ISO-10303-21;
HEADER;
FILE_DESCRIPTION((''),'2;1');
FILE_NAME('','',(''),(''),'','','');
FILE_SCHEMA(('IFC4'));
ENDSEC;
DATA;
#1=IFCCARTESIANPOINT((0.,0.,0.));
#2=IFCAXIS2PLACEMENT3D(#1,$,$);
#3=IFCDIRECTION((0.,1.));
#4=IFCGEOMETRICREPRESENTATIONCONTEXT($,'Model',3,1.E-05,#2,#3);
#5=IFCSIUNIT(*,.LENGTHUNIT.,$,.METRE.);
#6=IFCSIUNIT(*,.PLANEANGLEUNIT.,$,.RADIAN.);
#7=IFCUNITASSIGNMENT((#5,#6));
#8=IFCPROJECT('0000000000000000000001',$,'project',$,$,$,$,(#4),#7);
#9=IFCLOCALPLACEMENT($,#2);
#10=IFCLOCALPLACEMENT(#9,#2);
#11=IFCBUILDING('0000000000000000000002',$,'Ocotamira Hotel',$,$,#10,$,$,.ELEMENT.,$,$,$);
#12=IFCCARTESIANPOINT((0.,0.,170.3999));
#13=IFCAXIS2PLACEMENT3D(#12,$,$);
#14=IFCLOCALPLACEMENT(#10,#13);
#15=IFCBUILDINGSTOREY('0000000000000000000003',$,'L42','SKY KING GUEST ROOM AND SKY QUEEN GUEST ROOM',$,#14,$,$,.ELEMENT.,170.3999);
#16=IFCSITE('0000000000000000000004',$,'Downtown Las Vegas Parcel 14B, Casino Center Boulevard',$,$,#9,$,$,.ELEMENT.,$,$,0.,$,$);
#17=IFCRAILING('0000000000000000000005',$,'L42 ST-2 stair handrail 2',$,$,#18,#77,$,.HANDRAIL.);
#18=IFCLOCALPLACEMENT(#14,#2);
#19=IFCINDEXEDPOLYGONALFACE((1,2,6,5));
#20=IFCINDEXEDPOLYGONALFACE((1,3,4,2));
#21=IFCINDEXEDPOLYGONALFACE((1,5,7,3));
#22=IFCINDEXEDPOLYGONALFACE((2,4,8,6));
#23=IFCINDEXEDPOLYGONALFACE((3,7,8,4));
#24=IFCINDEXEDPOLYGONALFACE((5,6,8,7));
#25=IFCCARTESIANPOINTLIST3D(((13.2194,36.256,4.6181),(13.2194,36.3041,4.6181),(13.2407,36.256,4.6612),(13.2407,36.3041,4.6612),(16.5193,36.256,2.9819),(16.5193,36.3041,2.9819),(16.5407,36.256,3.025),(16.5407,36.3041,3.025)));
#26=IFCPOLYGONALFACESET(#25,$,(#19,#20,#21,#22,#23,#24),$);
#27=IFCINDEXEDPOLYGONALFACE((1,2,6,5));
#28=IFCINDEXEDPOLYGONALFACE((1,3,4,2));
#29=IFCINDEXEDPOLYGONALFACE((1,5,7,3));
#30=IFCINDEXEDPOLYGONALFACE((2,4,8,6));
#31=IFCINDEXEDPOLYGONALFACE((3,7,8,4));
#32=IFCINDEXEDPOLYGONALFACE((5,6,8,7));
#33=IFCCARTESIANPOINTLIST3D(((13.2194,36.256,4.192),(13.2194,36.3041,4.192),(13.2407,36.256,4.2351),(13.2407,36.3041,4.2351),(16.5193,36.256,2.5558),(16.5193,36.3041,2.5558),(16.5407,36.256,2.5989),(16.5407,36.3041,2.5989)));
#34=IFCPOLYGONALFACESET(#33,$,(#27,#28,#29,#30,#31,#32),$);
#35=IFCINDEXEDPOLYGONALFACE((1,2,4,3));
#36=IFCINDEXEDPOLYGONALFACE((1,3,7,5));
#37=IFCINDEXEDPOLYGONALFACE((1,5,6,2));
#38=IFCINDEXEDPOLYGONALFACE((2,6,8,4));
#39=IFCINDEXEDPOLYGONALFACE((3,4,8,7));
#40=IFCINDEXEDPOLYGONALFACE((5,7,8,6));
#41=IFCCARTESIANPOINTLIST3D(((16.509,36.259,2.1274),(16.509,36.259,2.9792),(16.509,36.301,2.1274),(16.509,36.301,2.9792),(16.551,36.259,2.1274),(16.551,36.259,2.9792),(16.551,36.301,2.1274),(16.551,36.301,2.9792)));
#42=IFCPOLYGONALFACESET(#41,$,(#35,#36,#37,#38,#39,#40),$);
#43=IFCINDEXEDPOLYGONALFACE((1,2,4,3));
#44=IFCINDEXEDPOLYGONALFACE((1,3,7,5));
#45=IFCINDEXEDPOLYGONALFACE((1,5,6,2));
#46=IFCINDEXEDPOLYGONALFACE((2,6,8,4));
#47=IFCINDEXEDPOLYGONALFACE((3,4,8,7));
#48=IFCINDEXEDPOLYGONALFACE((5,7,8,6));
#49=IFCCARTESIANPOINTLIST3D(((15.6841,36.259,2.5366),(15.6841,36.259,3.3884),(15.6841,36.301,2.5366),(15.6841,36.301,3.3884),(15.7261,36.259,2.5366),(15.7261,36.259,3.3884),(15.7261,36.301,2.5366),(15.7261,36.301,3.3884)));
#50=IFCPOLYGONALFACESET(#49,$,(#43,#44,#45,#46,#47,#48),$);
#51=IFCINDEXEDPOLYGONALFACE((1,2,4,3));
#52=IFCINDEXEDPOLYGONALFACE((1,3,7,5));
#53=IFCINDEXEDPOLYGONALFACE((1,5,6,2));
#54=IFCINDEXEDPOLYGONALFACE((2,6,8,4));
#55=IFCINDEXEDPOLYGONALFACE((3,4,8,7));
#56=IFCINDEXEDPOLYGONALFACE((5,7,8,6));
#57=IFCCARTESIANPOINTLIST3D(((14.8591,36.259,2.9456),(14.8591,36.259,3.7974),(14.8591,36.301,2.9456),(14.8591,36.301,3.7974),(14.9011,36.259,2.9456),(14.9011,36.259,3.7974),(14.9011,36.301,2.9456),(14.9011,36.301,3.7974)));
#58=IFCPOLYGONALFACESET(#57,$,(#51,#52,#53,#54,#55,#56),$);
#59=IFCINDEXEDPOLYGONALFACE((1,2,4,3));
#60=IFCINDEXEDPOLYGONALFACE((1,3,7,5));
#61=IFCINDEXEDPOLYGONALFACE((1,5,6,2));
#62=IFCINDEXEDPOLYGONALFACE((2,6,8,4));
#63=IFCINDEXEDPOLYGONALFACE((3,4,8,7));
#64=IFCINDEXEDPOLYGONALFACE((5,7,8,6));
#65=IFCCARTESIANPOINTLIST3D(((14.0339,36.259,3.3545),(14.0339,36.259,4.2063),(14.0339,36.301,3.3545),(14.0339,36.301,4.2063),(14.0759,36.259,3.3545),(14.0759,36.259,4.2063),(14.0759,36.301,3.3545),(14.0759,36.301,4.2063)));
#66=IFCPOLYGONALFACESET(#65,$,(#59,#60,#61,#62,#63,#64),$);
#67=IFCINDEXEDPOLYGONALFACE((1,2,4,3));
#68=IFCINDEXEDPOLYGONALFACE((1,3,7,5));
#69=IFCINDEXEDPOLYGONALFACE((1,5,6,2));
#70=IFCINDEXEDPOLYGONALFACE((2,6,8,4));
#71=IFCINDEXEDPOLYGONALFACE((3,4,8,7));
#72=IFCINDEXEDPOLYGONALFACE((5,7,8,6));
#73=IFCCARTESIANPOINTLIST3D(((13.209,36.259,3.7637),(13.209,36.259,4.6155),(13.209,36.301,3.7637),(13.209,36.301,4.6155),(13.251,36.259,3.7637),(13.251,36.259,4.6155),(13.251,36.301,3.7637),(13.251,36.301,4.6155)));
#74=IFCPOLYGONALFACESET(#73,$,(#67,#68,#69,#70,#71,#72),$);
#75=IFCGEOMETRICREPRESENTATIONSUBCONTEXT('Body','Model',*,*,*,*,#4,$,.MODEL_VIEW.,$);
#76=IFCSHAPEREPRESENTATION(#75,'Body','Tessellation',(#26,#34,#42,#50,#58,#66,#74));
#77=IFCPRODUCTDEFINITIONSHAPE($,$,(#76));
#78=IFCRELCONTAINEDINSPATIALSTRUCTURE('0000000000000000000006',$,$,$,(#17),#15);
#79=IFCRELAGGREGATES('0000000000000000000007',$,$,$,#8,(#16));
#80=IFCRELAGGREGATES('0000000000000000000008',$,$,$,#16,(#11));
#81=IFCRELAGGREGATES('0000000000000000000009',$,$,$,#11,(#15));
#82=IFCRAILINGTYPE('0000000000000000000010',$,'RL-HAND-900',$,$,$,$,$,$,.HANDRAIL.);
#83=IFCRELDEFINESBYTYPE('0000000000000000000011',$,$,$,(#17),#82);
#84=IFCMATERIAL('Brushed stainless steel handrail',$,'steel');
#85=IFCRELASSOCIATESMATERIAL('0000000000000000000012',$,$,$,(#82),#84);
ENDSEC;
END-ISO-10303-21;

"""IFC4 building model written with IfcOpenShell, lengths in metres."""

from ifc_helpers import new_model, si_unit, direction, frame, origin, origin_2d, place, context, subcontext, project, spatial, rectangle, extrude, material, type_object, element, save


model = new_model("IFC4")

# Units and contexts
model_context = context("Model", 3, precision=1e-05, world=origin(), true_north=direction((0.0, 1.0)))
body_context = subcontext(model_context, "Body", "Model", "MODEL_VIEW")
ifc_project = project(units=[si_unit("LENGTHUNIT", "METRE"), si_unit("PLANEANGLEUNIT", "RADIAN")], contexts=[model_context])

# Site, building, storey
site_placement = place(None, origin())
site = spatial("IfcSite", under=ifc_project, at=site_placement, Name="Downtown Las Vegas Parcel 14B, Casino Center Boulevard", CompositionType="ELEMENT", RefElevation=0.0)
building_placement = place(site_placement, origin())
building = spatial("IfcBuilding", under=site, at=building_placement, Name="Ocotamira Hotel", CompositionType="ELEMENT")
storey_placement = place(building_placement, frame((0.0, 0.0, 170.3999)))
storey = spatial("IfcBuildingStorey", under=building, at=storey_placement, Name="L42", Description="SKY KING GUEST ROOM AND SKY QUEEN GUEST ROOM", CompositionType="ELEMENT", Elevation=170.3999)

# Railing
ifc_material_1 = material(Name="Brushed stainless steel handrail", Category="steel")
railing_type = type_object("IfcRailingType", Name="RL-HAND-900", PredefinedType="HANDRAIL", material=ifc_material_1)
railing_placement = place(storey_placement, frame((16.53, 36.28, 2.1274)))
element("IfcRailing", 1, at=railing_placement, inside=storey, type_object=railing_type, Name="L42 ST-2 stair handrail 2", PredefinedType="HANDRAIL", context=body_context, shape_type="SweptSolid", body=[
    extrude(rectangle(XDim=0.0481, YDim=0.0481, at=origin_2d()), frame((0.0, 0.0, 0.876), z_axis=(-0.89592, 0.0, 0.444215), x_axis=(0.0, -1.0, 0.0)), (0.0, 0.0, 1.0), 3.6833),
    extrude(rectangle(XDim=0.0481, YDim=0.0481, at=origin_2d()), frame((0.0, 0.0, 0.45), z_axis=(-0.89592, 0.0, 0.444215), x_axis=(0.0, -1.0, 0.0)), (0.0, 0.0, 1.0), 3.6833),
    extrude(rectangle(XDim=0.042, YDim=0.042, at=origin_2d()), origin(), (0.0, 0.0, 1.0), 0.8518),
    extrude(rectangle(XDim=0.042, YDim=0.042, at=origin_2d()), frame((-0.825, 0.0, 0.4092)), (0.0, 0.0, 1.0), 0.8518),
    extrude(rectangle(XDim=0.042, YDim=0.042, at=origin_2d()), frame((-1.6499, 0.0, 0.8181)), (0.0, 0.0, 1.0), 0.8518),
    extrude(rectangle(XDim=0.042, YDim=0.042, at=origin_2d()), frame((-2.4751, 0.0, 1.2271)), (0.0, 0.0, 1.0), 0.8518),
    extrude(rectangle(XDim=0.042, YDim=0.042, at=origin_2d()), frame((-3.3, 0.0, 1.6362)), (0.0, 0.0, 1.0), 0.8518),
])

save(model, "model.ifc")
